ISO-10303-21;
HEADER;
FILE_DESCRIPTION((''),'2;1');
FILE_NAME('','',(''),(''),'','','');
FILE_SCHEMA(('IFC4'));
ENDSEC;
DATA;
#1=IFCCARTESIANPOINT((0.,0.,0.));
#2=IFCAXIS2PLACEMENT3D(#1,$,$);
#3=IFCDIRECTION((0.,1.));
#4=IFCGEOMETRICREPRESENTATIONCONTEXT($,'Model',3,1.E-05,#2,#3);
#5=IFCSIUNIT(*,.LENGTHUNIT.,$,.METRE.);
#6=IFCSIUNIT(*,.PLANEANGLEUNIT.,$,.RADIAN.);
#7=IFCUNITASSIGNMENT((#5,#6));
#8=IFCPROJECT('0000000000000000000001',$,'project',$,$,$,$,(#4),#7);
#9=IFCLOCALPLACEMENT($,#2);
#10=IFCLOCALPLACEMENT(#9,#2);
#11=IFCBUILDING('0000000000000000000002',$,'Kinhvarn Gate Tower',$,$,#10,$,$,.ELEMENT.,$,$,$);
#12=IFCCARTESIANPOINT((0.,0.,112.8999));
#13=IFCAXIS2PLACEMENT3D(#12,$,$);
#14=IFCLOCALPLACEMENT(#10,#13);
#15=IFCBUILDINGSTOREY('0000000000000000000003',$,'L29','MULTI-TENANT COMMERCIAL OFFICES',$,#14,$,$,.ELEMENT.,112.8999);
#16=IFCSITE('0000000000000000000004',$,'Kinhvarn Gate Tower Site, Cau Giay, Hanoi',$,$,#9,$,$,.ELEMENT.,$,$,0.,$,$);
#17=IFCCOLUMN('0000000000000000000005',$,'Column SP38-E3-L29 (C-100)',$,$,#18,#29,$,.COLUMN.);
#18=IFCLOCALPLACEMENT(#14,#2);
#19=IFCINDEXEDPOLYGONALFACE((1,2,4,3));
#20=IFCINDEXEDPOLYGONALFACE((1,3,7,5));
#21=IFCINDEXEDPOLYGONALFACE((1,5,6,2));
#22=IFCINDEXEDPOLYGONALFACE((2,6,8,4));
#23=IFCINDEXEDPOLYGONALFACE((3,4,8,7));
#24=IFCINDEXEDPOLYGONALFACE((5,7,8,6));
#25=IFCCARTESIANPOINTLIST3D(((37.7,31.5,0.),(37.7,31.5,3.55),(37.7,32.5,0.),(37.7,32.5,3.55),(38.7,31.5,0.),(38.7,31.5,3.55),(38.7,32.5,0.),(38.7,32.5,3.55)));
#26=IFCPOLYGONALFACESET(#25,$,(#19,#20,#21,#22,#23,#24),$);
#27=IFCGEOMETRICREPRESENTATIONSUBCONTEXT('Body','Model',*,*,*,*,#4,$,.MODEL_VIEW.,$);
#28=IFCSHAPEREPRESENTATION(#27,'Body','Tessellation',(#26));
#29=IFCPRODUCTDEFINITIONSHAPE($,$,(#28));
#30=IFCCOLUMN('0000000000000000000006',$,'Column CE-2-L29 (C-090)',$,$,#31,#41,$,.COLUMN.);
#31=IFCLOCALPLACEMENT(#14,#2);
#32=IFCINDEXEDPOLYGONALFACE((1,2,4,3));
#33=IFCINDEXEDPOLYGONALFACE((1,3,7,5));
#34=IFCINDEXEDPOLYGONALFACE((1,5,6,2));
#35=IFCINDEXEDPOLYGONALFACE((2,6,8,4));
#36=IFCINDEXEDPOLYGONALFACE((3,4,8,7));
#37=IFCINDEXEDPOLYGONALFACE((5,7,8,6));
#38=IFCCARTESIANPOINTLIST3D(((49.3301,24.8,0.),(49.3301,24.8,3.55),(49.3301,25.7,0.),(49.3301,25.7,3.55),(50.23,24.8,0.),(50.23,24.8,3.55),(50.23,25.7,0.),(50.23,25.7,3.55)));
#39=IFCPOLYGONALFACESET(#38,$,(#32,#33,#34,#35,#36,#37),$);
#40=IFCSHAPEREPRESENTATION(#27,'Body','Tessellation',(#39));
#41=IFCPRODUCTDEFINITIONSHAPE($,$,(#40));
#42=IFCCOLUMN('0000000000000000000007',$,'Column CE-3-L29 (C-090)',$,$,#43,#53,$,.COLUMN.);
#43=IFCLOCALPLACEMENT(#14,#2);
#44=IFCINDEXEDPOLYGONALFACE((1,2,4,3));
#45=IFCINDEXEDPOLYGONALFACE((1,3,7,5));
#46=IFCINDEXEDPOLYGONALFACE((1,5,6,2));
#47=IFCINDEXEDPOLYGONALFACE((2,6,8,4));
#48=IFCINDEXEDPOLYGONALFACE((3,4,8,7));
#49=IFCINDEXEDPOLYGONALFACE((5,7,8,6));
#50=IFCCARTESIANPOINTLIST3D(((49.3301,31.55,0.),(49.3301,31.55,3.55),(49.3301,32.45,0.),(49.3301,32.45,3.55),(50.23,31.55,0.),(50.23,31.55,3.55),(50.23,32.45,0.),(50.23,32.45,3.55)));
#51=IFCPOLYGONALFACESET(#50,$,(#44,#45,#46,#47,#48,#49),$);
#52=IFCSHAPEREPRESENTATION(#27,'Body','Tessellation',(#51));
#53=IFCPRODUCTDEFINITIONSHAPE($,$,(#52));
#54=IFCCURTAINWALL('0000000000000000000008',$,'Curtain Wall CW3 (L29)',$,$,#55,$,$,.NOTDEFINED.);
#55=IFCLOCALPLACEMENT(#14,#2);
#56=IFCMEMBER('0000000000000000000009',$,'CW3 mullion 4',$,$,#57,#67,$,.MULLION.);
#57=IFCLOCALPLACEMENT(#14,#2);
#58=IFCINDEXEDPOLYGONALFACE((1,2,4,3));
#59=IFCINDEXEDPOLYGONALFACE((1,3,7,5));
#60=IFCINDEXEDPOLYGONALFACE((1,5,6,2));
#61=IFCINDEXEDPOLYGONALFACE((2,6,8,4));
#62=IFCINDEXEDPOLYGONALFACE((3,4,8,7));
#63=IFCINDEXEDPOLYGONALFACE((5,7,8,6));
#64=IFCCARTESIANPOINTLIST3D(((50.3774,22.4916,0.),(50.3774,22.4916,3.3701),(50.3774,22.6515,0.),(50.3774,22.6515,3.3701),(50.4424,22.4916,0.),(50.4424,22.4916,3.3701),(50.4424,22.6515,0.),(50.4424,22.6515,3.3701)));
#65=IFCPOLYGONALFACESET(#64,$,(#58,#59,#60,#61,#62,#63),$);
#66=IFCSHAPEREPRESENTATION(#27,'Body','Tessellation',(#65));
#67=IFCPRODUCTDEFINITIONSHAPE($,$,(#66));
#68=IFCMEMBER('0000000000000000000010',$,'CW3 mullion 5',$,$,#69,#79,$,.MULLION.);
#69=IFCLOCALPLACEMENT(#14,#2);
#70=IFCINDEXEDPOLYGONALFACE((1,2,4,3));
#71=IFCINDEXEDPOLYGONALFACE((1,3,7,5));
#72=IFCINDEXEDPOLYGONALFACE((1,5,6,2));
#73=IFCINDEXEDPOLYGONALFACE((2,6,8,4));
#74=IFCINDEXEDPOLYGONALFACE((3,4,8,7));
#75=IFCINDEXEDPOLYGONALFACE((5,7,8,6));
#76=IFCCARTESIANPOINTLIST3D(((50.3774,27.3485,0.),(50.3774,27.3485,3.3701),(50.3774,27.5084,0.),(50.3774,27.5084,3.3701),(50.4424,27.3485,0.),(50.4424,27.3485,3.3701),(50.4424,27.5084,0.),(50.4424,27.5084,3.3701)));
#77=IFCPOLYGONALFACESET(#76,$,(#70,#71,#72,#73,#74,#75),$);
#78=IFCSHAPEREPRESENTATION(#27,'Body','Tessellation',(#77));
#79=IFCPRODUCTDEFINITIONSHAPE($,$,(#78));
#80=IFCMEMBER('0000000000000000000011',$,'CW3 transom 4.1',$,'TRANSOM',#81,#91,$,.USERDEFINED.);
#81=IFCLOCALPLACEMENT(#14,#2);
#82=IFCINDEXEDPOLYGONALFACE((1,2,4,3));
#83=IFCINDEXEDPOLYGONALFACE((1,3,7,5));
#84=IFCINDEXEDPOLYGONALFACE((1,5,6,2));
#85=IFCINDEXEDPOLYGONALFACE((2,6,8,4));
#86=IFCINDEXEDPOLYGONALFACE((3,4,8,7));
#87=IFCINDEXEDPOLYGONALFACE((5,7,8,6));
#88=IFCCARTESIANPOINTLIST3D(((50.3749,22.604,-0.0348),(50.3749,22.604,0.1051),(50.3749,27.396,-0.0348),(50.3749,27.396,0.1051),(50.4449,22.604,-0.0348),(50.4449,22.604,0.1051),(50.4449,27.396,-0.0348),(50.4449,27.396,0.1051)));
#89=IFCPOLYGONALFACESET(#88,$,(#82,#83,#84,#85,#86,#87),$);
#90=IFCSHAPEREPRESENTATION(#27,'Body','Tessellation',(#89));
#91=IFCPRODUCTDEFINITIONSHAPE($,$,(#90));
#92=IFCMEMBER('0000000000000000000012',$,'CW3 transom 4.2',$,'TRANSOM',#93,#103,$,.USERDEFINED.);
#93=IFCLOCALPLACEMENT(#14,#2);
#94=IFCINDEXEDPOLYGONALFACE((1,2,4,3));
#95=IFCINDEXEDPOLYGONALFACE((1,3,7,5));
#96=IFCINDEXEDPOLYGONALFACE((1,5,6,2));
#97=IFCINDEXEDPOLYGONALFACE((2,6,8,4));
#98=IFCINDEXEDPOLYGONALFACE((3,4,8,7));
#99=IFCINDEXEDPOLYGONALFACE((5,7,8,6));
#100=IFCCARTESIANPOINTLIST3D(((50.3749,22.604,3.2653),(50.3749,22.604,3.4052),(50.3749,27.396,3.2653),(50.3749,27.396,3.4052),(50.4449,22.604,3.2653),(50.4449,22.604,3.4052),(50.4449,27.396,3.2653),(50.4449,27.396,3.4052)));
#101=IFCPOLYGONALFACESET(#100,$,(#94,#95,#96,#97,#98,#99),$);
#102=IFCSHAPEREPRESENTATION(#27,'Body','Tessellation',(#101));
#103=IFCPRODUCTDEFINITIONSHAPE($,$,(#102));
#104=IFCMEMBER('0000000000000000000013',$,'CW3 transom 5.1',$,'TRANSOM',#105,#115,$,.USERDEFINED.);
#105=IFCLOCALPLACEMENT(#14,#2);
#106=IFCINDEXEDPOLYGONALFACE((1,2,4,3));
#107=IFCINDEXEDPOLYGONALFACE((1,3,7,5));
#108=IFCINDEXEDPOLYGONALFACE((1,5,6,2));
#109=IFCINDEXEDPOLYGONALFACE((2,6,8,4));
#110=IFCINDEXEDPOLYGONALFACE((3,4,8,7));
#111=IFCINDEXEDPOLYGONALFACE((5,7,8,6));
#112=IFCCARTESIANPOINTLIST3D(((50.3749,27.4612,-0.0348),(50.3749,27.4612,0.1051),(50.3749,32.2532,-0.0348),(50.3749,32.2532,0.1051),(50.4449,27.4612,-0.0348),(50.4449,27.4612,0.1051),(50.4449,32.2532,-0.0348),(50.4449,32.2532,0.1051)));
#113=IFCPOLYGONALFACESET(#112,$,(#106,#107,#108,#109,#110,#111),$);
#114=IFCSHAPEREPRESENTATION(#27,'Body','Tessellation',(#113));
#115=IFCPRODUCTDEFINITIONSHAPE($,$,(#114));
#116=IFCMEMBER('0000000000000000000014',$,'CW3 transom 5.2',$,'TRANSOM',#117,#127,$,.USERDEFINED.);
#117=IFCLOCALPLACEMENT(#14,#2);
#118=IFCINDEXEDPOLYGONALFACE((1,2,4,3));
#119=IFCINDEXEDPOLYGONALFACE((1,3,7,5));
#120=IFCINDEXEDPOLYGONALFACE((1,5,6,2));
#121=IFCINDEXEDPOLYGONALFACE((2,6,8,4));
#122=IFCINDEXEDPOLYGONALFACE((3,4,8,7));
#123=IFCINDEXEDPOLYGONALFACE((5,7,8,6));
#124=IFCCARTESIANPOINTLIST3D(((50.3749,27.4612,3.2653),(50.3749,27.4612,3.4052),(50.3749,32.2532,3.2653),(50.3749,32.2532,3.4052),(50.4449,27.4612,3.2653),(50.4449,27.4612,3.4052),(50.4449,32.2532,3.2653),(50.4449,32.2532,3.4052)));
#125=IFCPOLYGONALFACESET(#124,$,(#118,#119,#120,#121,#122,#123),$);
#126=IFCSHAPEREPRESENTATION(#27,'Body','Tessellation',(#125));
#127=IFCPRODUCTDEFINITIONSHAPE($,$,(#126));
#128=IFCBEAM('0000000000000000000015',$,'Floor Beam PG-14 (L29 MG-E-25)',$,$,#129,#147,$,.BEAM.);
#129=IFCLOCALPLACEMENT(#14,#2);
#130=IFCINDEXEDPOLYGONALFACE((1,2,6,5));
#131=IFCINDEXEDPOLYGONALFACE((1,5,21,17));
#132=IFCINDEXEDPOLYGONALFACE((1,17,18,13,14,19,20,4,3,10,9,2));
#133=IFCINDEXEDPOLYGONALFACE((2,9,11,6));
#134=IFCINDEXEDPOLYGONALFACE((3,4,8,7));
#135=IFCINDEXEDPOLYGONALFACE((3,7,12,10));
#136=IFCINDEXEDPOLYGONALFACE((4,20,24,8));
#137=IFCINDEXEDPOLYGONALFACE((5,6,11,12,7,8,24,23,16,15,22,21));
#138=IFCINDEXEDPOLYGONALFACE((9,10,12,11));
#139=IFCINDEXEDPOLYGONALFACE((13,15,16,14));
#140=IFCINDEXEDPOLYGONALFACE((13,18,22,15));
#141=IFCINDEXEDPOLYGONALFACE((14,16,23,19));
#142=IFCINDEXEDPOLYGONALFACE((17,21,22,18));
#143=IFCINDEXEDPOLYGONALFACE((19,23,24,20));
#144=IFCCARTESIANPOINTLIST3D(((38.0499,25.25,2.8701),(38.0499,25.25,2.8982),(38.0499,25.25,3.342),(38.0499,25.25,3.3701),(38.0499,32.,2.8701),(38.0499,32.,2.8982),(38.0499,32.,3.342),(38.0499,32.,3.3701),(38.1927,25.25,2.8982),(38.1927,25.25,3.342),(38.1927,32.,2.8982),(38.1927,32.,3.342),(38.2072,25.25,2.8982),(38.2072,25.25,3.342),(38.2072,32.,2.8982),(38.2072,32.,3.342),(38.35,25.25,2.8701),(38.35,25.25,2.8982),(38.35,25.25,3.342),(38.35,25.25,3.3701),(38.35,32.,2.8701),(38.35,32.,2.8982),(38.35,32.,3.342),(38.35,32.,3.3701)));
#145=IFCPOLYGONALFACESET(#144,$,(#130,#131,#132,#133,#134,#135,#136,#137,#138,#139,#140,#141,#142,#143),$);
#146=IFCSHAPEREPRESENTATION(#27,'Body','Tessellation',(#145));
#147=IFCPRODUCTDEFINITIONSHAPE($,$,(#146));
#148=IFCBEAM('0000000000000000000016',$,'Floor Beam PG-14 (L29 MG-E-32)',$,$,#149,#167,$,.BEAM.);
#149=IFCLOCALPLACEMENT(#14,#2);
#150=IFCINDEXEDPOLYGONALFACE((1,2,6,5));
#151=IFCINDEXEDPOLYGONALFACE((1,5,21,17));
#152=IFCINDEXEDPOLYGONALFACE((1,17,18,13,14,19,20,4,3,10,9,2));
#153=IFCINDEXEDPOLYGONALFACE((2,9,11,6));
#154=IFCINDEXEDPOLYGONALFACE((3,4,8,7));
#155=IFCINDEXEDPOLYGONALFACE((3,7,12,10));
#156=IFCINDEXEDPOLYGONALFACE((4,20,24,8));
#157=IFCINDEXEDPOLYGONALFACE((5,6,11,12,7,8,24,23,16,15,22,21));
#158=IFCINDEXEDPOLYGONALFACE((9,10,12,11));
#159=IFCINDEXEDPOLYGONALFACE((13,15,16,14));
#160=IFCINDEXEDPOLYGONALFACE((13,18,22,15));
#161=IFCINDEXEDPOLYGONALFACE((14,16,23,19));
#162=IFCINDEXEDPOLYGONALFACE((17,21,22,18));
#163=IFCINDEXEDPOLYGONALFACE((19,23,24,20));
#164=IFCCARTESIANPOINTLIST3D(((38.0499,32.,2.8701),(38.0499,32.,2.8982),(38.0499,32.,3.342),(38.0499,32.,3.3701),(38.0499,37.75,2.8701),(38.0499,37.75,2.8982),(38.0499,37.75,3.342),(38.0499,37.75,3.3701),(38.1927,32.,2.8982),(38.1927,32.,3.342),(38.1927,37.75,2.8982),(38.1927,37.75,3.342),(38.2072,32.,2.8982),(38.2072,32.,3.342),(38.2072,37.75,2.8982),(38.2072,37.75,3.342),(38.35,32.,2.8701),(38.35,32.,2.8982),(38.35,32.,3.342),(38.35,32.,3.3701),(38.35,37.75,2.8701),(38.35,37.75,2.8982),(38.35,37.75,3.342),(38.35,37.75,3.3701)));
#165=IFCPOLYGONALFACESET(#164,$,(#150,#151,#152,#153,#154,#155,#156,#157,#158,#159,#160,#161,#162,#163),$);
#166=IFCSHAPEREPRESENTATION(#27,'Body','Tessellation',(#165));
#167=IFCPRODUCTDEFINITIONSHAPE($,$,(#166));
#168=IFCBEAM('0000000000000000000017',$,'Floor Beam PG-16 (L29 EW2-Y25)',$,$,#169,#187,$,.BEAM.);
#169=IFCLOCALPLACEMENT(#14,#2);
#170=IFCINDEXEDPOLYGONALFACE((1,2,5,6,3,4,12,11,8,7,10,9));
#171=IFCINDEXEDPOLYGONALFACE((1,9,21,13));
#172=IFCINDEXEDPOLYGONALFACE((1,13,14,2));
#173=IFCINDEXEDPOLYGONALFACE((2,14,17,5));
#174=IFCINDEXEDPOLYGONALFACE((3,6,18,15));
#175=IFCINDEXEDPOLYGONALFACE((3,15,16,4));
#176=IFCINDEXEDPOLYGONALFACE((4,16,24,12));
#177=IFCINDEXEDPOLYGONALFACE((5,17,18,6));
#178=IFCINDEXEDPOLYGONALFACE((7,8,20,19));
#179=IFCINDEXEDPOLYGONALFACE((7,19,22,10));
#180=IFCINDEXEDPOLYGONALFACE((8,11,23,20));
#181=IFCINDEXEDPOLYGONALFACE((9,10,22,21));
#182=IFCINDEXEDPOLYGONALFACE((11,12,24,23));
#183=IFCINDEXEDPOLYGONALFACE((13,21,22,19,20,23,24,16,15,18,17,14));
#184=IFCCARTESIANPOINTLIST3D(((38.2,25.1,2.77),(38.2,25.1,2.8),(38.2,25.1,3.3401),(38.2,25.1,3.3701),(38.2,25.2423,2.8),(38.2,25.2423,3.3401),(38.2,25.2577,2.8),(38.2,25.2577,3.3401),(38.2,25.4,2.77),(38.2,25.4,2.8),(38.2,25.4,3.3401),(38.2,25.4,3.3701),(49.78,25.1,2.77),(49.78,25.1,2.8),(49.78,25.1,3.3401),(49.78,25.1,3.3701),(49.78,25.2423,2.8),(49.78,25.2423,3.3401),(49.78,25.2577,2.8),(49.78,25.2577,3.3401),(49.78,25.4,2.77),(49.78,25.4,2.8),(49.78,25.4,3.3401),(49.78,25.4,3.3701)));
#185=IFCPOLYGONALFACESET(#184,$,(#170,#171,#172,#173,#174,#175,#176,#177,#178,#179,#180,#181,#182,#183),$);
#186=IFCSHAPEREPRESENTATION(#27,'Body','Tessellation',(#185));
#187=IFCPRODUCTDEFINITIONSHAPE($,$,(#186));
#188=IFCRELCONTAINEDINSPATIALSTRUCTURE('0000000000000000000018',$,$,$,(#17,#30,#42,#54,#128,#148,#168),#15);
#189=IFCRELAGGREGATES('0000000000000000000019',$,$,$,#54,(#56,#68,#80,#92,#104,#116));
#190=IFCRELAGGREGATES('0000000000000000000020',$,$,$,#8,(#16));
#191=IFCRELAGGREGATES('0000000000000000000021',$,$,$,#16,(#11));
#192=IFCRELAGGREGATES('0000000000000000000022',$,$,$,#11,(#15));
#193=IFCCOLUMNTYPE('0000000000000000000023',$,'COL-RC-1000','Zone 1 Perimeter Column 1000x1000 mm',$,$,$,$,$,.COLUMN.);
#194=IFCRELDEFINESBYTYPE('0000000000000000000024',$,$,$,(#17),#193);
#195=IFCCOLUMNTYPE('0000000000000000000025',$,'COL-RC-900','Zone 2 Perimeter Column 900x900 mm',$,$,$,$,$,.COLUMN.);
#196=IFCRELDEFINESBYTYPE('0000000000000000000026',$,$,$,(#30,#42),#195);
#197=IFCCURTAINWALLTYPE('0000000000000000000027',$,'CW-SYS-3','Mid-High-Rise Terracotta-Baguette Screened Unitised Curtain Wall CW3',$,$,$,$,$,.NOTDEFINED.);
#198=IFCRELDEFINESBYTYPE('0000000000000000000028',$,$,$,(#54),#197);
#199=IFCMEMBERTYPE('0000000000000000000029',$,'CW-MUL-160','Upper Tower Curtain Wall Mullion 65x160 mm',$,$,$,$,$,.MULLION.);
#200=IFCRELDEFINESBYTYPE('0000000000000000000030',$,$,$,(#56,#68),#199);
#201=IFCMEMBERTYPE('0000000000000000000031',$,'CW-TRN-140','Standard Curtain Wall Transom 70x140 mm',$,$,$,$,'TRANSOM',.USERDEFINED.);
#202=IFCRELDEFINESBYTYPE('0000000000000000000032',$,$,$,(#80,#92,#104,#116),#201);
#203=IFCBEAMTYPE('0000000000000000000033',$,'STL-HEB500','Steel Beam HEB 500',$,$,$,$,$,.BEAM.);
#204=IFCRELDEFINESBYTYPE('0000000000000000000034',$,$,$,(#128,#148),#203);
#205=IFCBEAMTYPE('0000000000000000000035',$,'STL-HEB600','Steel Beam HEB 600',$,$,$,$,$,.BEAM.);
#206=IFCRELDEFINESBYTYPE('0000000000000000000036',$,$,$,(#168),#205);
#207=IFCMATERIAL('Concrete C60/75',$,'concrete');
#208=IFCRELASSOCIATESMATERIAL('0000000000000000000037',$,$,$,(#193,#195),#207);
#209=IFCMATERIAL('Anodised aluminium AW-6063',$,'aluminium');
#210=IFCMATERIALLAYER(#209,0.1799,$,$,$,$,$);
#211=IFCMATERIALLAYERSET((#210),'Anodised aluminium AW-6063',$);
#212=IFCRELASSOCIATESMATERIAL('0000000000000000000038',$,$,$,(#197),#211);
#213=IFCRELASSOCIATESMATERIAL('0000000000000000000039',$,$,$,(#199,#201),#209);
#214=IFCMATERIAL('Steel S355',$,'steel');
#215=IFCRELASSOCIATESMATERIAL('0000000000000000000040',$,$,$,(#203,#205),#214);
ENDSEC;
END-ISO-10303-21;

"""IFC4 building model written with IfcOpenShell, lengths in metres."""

from ifc_helpers import new_model, si_unit, direction, frame, origin, origin_2d, place, context, subcontext, project, spatial, rectangle, i_section, extrude, material, layer, layer_set, material_profile, profile_set, type_object, element, aggregate, save


model = new_model("IFC4")

# Units and contexts
model_context = context("Model", 3, precision=1e-05, world=origin(), true_north=direction((0.0, 1.0)))
body_context = subcontext(model_context, "Body", "Model", "MODEL_VIEW")
ifc_project = project(units=[si_unit("LENGTHUNIT", "METRE"), si_unit("PLANEANGLEUNIT", "RADIAN")], contexts=[model_context])

# Site, building, storey
site_placement = place(None, origin())
site = spatial("IfcSite", under=ifc_project, at=site_placement, Name="Kinhvarn Gate Tower Site, Cau Giay, Hanoi", CompositionType="ELEMENT", RefElevation=0.0)
building_placement = place(site_placement, origin())
building = spatial("IfcBuilding", under=site, at=building_placement, Name="Kinhvarn Gate Tower", CompositionType="ELEMENT")
storey_placement = place(building_placement, frame((0.0, 0.0, 112.8999)))
storey = spatial("IfcBuildingStorey", under=building, at=storey_placement, Name="L29", Description="MULTI-TENANT COMMERCIAL OFFICES", CompositionType="ELEMENT", Elevation=112.8999)

# Columns
ifc_material_1 = material(Name="Concrete C60/75", Category="concrete")
ifc_material_profile_1 = material_profile(ifc_material_1, rectangle(XDim=1.0, YDim=1.0, at=origin_2d()), Name="RC 1000x1000")
ifc_profile_set_1 = profile_set([ifc_material_profile_1], Name="Concrete C60/75")
column_type_1 = type_object("IfcColumnType", Name="COL-RC-1000", Description="Zone 1 Perimeter Column 1000x1000 mm", PredefinedType="COLUMN", material=ifc_profile_set_1)
column_placement = place(storey_placement, frame((38.2, 32.0, 0.0), z_axis=(0.0, 0.0, 1.0), x_axis=(1.0, 0.0, 0.0)))
element("IfcColumn", 1, at=column_placement, inside=storey, type_object=column_type_1, Name="Column SP38-E3-L29 (C-100)", PredefinedType="COLUMN", context=body_context, shape_type="SweptSolid", body=[
    extrude(rectangle(XDim=1.0, YDim=1.0, at=origin_2d()), origin(), (0.0, 0.0, 1.0), 3.55),
])
ifc_material_profile_2 = material_profile(ifc_material_1, rectangle(XDim=0.8999, YDim=0.8999, at=origin_2d()), Name="RC 900x900")
ifc_profile_set_2 = profile_set([ifc_material_profile_2], Name="Concrete C60/75")
column_type_2 = type_object("IfcColumnType", Name="COL-RC-900", Description="Zone 2 Perimeter Column 900x900 mm", PredefinedType="COLUMN", material=ifc_profile_set_2)
for number, where, z_axis, x_axis, name in (
    (2, (49.78, 25.25, 0.0), (0.0, 0.0, 1.0), (1.0, 0.0, 0.0), "Column CE-2-L29 (C-090)"),
    (3, (49.78, 32.0, 0.0), (0.0, 0.0, 1.0), (1.0, 0.0, 0.0), "Column CE-3-L29 (C-090)"),
):
    element("IfcColumn", number, at=place(storey_placement, frame(where, z_axis=z_axis, x_axis=x_axis)), inside=storey, type_object=column_type_2, Name=name, PredefinedType="COLUMN", context=body_context, shape_type="SweptSolid", body=[
        extrude(rectangle(XDim=0.8999, YDim=0.8999, at=origin_2d()), origin(), (0.0, 0.0, 1.0), 3.55),
    ])

# Curtain wall, members
ifc_material_2 = material(Name="Anodised aluminium AW-6063", Category="aluminium")
ifc_layer_1 = layer(ifc_material_2, 0.1799)
ifc_layer_set_1 = layer_set([ifc_layer_1], Name="Anodised aluminium AW-6063")
curtain_wall_type = type_object("IfcCurtainWallType", Name="CW-SYS-3", Description="Mid-High-Rise Terracotta-Baguette Screened Unitised Curtain Wall CW3", PredefinedType="NOTDEFINED", material=ifc_layer_set_1)
curtain_wall_placement = place(storey_placement, origin())
curtain_wall = element("IfcCurtainWall", 4, at=curtain_wall_placement, inside=storey, type_object=curtain_wall_type, Name="Curtain Wall CW3 (L29)", PredefinedType="NOTDEFINED")
ifc_material_profile_3 = material_profile(ifc_material_2, rectangle(XDim=0.0649, YDim=0.1599, at=origin_2d()), Name="ALU 65x160")
ifc_profile_set_3 = profile_set([ifc_material_profile_3], Name="Anodised aluminium AW-6063")
member_type_1 = type_object("IfcMemberType", Name="CW-MUL-160", Description="Upper Tower Curtain Wall Mullion 65x160 mm", PredefinedType="MULLION", material=ifc_profile_set_3)
member_1_placement = place(storey_placement, frame((50.4099, 22.5715, 0.0), z_axis=(0.0, 0.0, 1.0), x_axis=(-1.0, 0.0, 0.0)))
member_1 = element("IfcMember", 5, at=member_1_placement, type_object=member_type_1, Name="CW3 mullion 4", PredefinedType="MULLION", context=body_context, shape_type="SweptSolid", body=[
    extrude(rectangle(XDim=0.0649, YDim=0.1599, at=origin_2d()), origin(), (0.0, 0.0, 1.0), 3.3701),
])
member_2_placement = place(storey_placement, frame((50.4099, 27.4285, 0.0), z_axis=(0.0, 0.0, 1.0), x_axis=(-1.0, 0.0, 0.0)))
member_2 = element("IfcMember", 6, at=member_2_placement, type_object=member_type_1, Name="CW3 mullion 5", PredefinedType="MULLION", context=body_context, shape_type="SweptSolid", body=[
    extrude(rectangle(XDim=0.0649, YDim=0.1599, at=origin_2d()), origin(), (0.0, 0.0, 1.0), 3.3701),
])
ifc_material_profile_4 = material_profile(ifc_material_2, rectangle(XDim=0.0701, YDim=0.1399, at=origin_2d()), Name="ALU 70x140")
ifc_profile_set_4 = profile_set([ifc_material_profile_4], Name="Anodised aluminium AW-6063")
member_type_2 = type_object("IfcMemberType", Name="CW-TRN-140", Description="Standard Curtain Wall Transom 70x140 mm", ElementType="TRANSOM", PredefinedType="USERDEFINED", material=ifc_profile_set_4)
member_3_placement = place(storey_placement, frame((50.4099, 22.604, 0.0352), z_axis=(0.0, 1.0, 0.0), x_axis=(-1.0, 0.0, 0.0)))
member_3 = element("IfcMember", 7, at=member_3_placement, type_object=member_type_2, Name="CW3 transom 4.1", ObjectType="TRANSOM", PredefinedType="USERDEFINED", context=body_context, shape_type="SweptSolid", body=[
    extrude(rectangle(XDim=0.0701, YDim=0.1399, at=origin_2d()), origin(), (0.0, 0.0, 1.0), 4.792),
])
member_4_placement = place(storey_placement, frame((50.4099, 22.604, 3.3352), z_axis=(0.0, 1.0, 0.0), x_axis=(-1.0, 0.0, 0.0)))
member_4 = element("IfcMember", 8, at=member_4_placement, type_object=member_type_2, Name="CW3 transom 4.2", ObjectType="TRANSOM", PredefinedType="USERDEFINED", context=body_context, shape_type="SweptSolid", body=[
    extrude(rectangle(XDim=0.0701, YDim=0.1399, at=origin_2d()), origin(), (0.0, 0.0, 1.0), 4.792),
])
member_5_placement = place(storey_placement, frame((50.4099, 27.4612, 0.0352), z_axis=(0.0, 1.0, 0.0), x_axis=(-1.0, 0.0, 0.0)))
member_5 = element("IfcMember", 9, at=member_5_placement, type_object=member_type_2, Name="CW3 transom 5.1", ObjectType="TRANSOM", PredefinedType="USERDEFINED", context=body_context, shape_type="SweptSolid", body=[
    extrude(rectangle(XDim=0.0701, YDim=0.1399, at=origin_2d()), origin(), (0.0, 0.0, 1.0), 4.792),
])
member_6_placement = place(storey_placement, frame((50.4099, 27.4612, 3.3352), z_axis=(0.0, 1.0, 0.0), x_axis=(-1.0, 0.0, 0.0)))
member_6 = element("IfcMember", 10, at=member_6_placement, type_object=member_type_2, Name="CW3 transom 5.2", ObjectType="TRANSOM", PredefinedType="USERDEFINED", context=body_context, shape_type="SweptSolid", body=[
    extrude(rectangle(XDim=0.0701, YDim=0.1399, at=origin_2d()), origin(), (0.0, 0.0, 1.0), 4.792),
])

# Beams
ifc_material_3 = material(Name="Steel S355", Category="steel")
ifc_material_profile_5 = material_profile(ifc_material_3, i_section(OverallWidth=0.3, OverallDepth=0.5, WebThickness=0.0144, FlangeThickness=0.0281, at=origin_2d()), Name="HEB 500")
ifc_profile_set_5 = profile_set([ifc_material_profile_5], Name="Steel S355")
beam_type_1 = type_object("IfcBeamType", Name="STL-HEB500", Description="Steel Beam HEB 500", PredefinedType="BEAM", material=ifc_profile_set_5)
beam_1_placement = place(storey_placement, frame((38.2, 25.25, 3.1201), z_axis=(0.0, 1.0, 0.0), x_axis=(-1.0, 0.0, 0.0)))
element("IfcBeam", 11, at=beam_1_placement, inside=storey, type_object=beam_type_1, Name="Floor Beam PG-14 (L29 MG-E-25)", PredefinedType="BEAM", context=body_context, shape_type="SweptSolid", body=[
    extrude(i_section(OverallWidth=0.3, OverallDepth=0.5, WebThickness=0.0144, FlangeThickness=0.0281, at=origin_2d()), origin(), (0.0, 0.0, 1.0), 6.75),
])
beam_2_placement = place(storey_placement, frame((38.2, 32.0, 3.1201), z_axis=(0.0, 1.0, 0.0), x_axis=(-1.0, 0.0, 0.0)))
element("IfcBeam", 12, at=beam_2_placement, inside=storey, type_object=beam_type_1, Name="Floor Beam PG-14 (L29 MG-E-32)", PredefinedType="BEAM", context=body_context, shape_type="SweptSolid", body=[
    extrude(i_section(OverallWidth=0.3, OverallDepth=0.5, WebThickness=0.0144, FlangeThickness=0.0281, at=origin_2d()), origin(), (0.0, 0.0, 1.0), 5.75),
])
ifc_material_profile_6 = material_profile(ifc_material_3, i_section(OverallWidth=0.3, OverallDepth=0.6001, WebThickness=0.0154, FlangeThickness=0.03, at=origin_2d()), Name="HEB 600")
ifc_profile_set_6 = profile_set([ifc_material_profile_6], Name="Steel S355")
beam_type_2 = type_object("IfcBeamType", Name="STL-HEB600", Description="Steel Beam HEB 600", PredefinedType="BEAM", material=ifc_profile_set_6)
for number, where, z_axis, x_axis, name in (
    (13, (38.2, 25.25, 3.0701), (1.0, 0.0, 0.0), (0.0, 1.0, 0.0), "Floor Beam PG-16 (L29 EW2-Y25)"),
):
    element("IfcBeam", number, at=place(storey_placement, frame(where, z_axis=z_axis, x_axis=x_axis)), inside=storey, type_object=beam_type_2, Name=name, PredefinedType="BEAM", context=body_context, shape_type="SweptSolid", body=[
        extrude(i_section(OverallWidth=0.3, OverallDepth=0.6001, WebThickness=0.0154, FlangeThickness=0.03, at=origin_2d()), origin(), (0.0, 0.0, 1.0), 11.5801),
    ])

aggregate(curtain_wall, [member_1, member_2, member_3, member_4, member_5, member_6])

save(model, "model.ifc")
